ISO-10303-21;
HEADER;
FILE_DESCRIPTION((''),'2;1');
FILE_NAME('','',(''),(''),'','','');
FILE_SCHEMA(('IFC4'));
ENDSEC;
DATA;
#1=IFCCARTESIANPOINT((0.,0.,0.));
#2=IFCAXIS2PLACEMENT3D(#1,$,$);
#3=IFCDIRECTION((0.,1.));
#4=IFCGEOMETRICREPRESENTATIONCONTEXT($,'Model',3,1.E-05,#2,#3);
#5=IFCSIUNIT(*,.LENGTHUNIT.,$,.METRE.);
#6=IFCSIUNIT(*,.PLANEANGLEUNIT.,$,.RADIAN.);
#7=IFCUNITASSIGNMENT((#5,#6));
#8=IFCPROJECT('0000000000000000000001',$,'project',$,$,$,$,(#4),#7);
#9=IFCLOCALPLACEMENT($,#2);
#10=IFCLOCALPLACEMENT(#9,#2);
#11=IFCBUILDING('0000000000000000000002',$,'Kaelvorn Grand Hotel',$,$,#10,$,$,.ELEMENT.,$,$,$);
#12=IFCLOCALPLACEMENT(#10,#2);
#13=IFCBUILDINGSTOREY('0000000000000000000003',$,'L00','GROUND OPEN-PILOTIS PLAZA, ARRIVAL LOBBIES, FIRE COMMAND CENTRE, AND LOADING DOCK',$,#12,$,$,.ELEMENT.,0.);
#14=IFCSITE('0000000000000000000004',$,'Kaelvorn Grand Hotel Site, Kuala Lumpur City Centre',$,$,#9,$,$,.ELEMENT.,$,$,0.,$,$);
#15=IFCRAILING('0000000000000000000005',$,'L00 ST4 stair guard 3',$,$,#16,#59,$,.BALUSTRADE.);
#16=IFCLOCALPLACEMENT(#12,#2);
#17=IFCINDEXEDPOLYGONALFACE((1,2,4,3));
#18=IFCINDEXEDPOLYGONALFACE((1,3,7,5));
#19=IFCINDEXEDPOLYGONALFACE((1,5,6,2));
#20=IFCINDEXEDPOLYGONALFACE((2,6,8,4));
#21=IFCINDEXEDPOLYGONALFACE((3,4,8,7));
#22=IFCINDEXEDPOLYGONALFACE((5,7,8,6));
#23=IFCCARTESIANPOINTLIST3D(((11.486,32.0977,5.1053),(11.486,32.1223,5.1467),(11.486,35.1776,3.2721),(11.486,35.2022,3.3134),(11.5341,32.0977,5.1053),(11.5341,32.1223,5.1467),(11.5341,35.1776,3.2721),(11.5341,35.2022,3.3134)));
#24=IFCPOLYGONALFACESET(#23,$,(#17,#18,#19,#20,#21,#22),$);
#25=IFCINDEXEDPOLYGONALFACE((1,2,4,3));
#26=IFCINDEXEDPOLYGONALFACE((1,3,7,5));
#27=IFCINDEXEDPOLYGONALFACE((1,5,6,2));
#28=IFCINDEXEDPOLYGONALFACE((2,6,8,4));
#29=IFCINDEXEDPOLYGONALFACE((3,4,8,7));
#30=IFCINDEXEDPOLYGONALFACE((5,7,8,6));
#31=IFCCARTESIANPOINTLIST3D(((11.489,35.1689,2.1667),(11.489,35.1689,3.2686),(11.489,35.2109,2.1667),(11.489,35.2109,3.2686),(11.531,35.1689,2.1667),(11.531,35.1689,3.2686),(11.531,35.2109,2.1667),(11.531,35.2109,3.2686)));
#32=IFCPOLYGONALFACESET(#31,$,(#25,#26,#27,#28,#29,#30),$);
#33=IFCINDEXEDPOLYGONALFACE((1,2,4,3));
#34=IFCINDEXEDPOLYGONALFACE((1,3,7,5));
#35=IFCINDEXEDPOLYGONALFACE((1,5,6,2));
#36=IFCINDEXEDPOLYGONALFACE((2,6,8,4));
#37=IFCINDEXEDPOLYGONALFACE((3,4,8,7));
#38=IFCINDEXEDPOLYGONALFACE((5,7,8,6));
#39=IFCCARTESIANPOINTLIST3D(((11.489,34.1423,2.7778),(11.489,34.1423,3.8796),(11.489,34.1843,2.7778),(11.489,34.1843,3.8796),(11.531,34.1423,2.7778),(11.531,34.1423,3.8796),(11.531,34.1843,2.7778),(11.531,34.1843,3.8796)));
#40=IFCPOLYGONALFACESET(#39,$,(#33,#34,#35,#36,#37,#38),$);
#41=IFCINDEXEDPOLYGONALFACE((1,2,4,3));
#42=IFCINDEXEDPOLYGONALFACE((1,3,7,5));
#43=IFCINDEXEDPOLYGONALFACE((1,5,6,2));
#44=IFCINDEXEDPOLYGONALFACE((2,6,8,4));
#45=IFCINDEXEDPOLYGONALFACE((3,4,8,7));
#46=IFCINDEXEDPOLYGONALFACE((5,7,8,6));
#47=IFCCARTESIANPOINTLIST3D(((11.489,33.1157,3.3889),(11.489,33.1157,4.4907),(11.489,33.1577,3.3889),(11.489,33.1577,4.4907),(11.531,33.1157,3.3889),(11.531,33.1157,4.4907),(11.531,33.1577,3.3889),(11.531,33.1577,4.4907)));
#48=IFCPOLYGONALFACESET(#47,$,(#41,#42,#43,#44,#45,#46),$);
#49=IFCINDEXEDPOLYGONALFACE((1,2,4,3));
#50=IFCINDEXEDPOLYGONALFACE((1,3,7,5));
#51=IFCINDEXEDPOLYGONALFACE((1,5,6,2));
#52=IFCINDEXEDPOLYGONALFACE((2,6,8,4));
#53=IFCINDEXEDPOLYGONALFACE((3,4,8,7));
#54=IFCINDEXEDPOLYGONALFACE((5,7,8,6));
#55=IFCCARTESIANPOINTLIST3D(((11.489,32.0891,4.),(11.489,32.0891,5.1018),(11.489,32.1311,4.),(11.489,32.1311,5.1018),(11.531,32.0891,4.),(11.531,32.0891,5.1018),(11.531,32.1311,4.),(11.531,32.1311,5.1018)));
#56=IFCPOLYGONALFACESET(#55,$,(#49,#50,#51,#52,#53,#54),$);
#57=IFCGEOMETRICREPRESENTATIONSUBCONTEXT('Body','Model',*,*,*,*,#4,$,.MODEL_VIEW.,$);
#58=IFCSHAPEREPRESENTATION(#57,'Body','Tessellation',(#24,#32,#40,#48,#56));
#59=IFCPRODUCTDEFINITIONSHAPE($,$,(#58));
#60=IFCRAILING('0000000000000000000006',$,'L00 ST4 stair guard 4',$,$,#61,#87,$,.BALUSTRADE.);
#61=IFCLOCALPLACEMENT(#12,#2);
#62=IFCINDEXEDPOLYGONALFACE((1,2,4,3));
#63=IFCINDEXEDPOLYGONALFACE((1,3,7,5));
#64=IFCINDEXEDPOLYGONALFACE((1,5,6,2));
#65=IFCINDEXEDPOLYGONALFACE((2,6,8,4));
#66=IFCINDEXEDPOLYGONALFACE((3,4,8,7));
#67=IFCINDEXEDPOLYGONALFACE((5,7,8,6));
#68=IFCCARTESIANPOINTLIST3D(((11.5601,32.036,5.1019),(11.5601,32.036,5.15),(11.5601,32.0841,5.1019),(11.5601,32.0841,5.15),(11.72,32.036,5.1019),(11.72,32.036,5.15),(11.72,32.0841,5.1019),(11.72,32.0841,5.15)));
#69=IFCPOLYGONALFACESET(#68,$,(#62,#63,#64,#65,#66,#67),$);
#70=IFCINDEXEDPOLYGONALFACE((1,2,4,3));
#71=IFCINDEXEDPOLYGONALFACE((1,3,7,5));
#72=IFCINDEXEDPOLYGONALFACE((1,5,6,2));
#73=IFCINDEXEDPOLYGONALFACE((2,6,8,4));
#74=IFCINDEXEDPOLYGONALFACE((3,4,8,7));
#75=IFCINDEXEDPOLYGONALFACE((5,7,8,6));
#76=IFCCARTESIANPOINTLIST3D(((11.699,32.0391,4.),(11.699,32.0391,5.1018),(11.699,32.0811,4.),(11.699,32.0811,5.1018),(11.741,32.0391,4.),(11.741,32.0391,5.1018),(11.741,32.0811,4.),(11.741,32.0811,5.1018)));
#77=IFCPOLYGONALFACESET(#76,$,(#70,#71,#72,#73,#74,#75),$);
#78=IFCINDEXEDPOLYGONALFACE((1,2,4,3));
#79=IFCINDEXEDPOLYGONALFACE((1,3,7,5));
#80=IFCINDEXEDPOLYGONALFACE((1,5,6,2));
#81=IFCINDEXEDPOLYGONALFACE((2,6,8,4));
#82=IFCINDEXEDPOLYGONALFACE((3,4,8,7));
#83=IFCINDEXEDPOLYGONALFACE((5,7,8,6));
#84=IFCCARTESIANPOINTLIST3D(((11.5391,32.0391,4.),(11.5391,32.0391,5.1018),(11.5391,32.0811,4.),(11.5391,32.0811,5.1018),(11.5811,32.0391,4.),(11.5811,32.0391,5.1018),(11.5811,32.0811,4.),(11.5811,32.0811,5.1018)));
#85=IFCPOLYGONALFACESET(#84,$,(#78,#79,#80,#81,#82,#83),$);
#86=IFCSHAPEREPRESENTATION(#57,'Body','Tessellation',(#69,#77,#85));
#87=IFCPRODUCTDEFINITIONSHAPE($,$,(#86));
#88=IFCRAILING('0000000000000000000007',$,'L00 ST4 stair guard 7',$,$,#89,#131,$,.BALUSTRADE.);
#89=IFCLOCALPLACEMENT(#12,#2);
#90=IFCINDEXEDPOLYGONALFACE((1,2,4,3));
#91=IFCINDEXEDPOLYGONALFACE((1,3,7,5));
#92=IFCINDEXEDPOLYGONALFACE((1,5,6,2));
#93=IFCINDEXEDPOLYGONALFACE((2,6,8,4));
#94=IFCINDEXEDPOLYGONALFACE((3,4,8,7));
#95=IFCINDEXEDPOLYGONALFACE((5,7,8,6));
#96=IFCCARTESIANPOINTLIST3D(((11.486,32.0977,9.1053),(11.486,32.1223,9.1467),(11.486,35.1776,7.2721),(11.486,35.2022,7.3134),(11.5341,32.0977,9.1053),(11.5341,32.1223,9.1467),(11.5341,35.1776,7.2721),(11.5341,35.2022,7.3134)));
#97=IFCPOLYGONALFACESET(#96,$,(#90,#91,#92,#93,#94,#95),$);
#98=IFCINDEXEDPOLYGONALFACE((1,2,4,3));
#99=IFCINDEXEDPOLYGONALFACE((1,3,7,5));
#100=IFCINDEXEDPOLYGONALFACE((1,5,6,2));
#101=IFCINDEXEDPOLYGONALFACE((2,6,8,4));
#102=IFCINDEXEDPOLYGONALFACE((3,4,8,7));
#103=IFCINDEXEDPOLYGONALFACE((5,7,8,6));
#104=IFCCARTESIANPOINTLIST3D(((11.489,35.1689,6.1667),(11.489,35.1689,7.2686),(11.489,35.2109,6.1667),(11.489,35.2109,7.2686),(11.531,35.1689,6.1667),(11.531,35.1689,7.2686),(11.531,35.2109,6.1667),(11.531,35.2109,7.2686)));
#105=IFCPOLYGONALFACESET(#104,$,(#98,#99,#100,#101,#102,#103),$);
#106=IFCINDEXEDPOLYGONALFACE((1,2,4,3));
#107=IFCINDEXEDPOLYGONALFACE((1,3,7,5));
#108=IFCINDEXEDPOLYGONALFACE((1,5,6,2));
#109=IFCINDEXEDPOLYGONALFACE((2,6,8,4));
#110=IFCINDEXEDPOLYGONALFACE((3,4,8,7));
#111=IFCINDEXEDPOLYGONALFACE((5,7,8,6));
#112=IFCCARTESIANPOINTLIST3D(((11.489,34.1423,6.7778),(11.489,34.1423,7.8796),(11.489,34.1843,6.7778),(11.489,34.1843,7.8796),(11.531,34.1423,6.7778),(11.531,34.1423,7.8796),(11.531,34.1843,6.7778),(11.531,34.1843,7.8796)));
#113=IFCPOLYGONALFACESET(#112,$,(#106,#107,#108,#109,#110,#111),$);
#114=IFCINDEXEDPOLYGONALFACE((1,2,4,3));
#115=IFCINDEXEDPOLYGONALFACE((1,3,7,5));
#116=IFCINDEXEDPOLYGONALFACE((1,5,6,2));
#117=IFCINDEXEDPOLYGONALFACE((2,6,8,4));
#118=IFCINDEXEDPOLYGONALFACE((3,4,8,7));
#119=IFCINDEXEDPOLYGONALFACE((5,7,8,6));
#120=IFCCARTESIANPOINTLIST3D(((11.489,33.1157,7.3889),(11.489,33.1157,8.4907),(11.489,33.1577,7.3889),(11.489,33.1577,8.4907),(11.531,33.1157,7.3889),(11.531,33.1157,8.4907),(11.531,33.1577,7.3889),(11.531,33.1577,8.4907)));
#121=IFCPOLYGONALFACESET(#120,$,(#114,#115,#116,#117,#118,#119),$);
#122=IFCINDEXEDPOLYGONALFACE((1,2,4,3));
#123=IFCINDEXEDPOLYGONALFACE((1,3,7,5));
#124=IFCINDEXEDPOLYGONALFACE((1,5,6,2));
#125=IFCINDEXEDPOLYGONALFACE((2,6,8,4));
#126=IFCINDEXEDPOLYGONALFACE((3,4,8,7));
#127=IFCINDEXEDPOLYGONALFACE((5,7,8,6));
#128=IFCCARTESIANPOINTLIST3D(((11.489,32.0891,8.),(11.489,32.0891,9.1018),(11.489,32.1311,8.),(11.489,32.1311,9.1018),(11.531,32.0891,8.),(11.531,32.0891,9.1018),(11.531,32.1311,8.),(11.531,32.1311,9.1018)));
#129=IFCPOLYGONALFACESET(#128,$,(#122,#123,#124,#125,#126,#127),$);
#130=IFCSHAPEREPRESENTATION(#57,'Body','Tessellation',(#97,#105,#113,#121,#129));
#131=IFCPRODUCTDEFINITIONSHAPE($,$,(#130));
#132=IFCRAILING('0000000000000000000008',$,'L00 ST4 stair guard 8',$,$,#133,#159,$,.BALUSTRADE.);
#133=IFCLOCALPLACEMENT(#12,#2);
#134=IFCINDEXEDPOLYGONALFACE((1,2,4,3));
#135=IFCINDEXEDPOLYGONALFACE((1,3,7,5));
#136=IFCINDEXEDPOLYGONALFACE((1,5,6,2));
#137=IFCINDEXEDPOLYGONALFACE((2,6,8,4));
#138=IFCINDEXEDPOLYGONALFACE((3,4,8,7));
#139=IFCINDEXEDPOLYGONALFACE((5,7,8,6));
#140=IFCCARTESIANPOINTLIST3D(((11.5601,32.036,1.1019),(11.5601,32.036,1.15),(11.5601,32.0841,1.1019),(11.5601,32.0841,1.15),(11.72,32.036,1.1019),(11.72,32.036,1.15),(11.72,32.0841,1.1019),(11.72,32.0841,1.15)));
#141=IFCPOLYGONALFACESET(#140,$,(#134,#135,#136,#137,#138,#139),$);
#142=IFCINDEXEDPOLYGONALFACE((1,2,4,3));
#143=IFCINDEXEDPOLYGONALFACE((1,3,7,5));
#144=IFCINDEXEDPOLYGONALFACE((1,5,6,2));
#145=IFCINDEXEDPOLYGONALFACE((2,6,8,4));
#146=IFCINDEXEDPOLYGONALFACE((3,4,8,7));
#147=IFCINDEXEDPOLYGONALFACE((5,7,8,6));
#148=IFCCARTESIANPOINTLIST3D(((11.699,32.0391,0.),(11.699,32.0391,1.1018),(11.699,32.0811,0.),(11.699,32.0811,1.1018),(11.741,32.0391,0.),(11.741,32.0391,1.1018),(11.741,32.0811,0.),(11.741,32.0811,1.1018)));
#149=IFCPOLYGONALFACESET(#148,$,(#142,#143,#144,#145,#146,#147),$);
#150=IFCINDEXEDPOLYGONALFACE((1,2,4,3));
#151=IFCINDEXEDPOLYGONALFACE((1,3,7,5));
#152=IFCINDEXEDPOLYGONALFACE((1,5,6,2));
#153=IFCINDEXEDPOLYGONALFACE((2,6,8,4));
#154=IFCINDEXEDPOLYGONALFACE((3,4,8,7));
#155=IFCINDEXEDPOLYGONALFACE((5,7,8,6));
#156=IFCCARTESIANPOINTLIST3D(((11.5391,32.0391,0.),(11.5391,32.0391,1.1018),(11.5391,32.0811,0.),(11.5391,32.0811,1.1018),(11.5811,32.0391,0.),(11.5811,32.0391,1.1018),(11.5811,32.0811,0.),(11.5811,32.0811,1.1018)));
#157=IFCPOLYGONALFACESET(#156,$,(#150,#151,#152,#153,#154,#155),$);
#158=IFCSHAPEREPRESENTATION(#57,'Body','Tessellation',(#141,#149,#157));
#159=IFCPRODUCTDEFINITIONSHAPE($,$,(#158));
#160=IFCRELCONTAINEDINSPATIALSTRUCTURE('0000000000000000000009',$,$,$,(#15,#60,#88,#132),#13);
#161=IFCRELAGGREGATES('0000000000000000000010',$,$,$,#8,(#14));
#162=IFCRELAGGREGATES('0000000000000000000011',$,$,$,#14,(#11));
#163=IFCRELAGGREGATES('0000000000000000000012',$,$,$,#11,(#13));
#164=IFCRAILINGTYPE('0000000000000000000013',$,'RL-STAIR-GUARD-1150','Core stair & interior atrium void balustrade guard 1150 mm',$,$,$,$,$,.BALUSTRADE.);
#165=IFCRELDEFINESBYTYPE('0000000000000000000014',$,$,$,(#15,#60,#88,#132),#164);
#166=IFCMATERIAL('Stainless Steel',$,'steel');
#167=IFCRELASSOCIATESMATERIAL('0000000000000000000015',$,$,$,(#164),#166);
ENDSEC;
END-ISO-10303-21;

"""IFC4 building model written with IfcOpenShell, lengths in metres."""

from ifc_helpers import new_model, si_unit, direction, frame, origin, origin_2d, place, context, subcontext, project, spatial, rectangle, extrude, material, type_object, element, save


model = new_model("IFC4")

# Units and contexts
model_context = context("Model", 3, precision=1e-05, world=origin(), true_north=direction((0.0, 1.0)))
body_context = subcontext(model_context, "Body", "Model", "MODEL_VIEW")
ifc_project = project(units=[si_unit("LENGTHUNIT", "METRE"), si_unit("PLANEANGLEUNIT", "RADIAN")], contexts=[model_context])

# Site, building, storey
site_placement = place(None, origin())
site = spatial("IfcSite", under=ifc_project, at=site_placement, Name="Kaelvorn Grand Hotel Site, Kuala Lumpur City Centre", CompositionType="ELEMENT", RefElevation=0.0)
building_placement = place(site_placement, origin())
building = spatial("IfcBuilding", under=site, at=building_placement, Name="Kaelvorn Grand Hotel", CompositionType="ELEMENT")
storey_placement = place(building_placement, origin())
storey = spatial("IfcBuildingStorey", under=building, at=storey_placement, Name="L00", Description="GROUND OPEN-PILOTIS PLAZA, ARRIVAL LOBBIES, FIRE COMMAND CENTRE, AND LOADING DOCK", CompositionType="ELEMENT", Elevation=0.0)

# Railings
ifc_material_1 = material(Name="Stainless Steel", Category="steel")
railing_type_1 = type_object("IfcRailingType", Name="RL-STAIR-GUARD-1150", Description="Core stair & interior atrium void balustrade guard 1150 mm", PredefinedType="BALUSTRADE", material=ifc_material_1)
railing_1_placement = place(storey_placement, frame((11.51, 35.1899, 2.1667)))
element("IfcRailing", 1, at=railing_1_placement, inside=storey, type_object=railing_type_1, Name="L00 ST4 stair guard 3", PredefinedType="BALUSTRADE", context=body_context, shape_type="SweptSolid", body=[
    extrude(rectangle(XDim=0.0481, YDim=0.0481, at=origin_2d()), frame((0.0, 0.0, 1.126), z_axis=(0.0, -0.859291, 0.511487), x_axis=(1.0, 0.0, 0.0)), (0.0, 0.0, 1.0), 3.5842),
    extrude(rectangle(XDim=0.042, YDim=0.042, at=origin_2d()), origin(), (0.0, 0.0, 1.0), 1.1018),
    extrude(rectangle(XDim=0.042, YDim=0.042, at=origin_2d()), frame((0.0, -1.0266, 0.6111)), (0.0, 0.0, 1.0), 1.1018),
    extrude(rectangle(XDim=0.042, YDim=0.042, at=origin_2d()), frame((0.0, -2.0532, 1.2222)), (0.0, 0.0, 1.0), 1.1018),
    extrude(rectangle(XDim=0.042, YDim=0.042, at=origin_2d()), frame((0.0, -3.0798, 1.8333)), (0.0, 0.0, 1.0), 1.1018),
])
railing_2_placement = place(storey_placement, frame((11.72, 32.0601, 4.0)))
element("IfcRailing", 2, at=railing_2_placement, inside=storey, type_object=railing_type_1, Name="L00 ST4 stair guard 4", PredefinedType="BALUSTRADE", context=body_context, shape_type="SweptSolid", body=[
    extrude(rectangle(XDim=0.0481, YDim=0.0481, at=origin_2d()), frame((0.0, 0.0, 1.126), z_axis=(-1.0, 0.0, 0.0), x_axis=(0.0, -1.0, 0.0)), (0.0, 0.0, 1.0), 0.1599),
    extrude(rectangle(XDim=0.042, YDim=0.042, at=origin_2d()), origin(), (0.0, 0.0, 1.0), 1.1018),
    extrude(rectangle(XDim=0.042, YDim=0.042, at=origin_2d()), frame((-0.1599, 0.0, 0.0)), (0.0, 0.0, 1.0), 1.1018),
])
railing_3_placement = place(storey_placement, frame((11.51, 35.1899, 6.1667)))
element("IfcRailing", 3, at=railing_3_placement, inside=storey, type_object=railing_type_1, Name="L00 ST4 stair guard 7", PredefinedType="BALUSTRADE", context=body_context, shape_type="SweptSolid", body=[
    extrude(rectangle(XDim=0.0481, YDim=0.0481, at=origin_2d()), frame((0.0, 0.0, 1.126), z_axis=(0.0, -0.859291, 0.511487), x_axis=(1.0, 0.0, 0.0)), (0.0, 0.0, 1.0), 3.5842),
    extrude(rectangle(XDim=0.042, YDim=0.042, at=origin_2d()), origin(), (0.0, 0.0, 1.0), 1.1018),
    extrude(rectangle(XDim=0.042, YDim=0.042, at=origin_2d()), frame((0.0, -1.0266, 0.6111)), (0.0, 0.0, 1.0), 1.1018),
    extrude(rectangle(XDim=0.042, YDim=0.042, at=origin_2d()), frame((0.0, -2.0532, 1.2222)), (0.0, 0.0, 1.0), 1.1018),
    extrude(rectangle(XDim=0.042, YDim=0.042, at=origin_2d()), frame((0.0, -3.0798, 1.8333)), (0.0, 0.0, 1.0), 1.1018),
])
railing_4_placement = place(storey_placement, frame((11.72, 32.0601, 0.0)))
element("IfcRailing", 4, at=railing_4_placement, inside=storey, type_object=railing_type_1, Name="L00 ST4 stair guard 8", PredefinedType="BALUSTRADE", context=body_context, shape_type="SweptSolid", body=[
    extrude(rectangle(XDim=0.0481, YDim=0.0481, at=origin_2d()), frame((0.0, 0.0, 1.126), z_axis=(-1.0, 0.0, 0.0), x_axis=(0.0, -1.0, 0.0)), (0.0, 0.0, 1.0), 0.1599),
    extrude(rectangle(XDim=0.042, YDim=0.042, at=origin_2d()), origin(), (0.0, 0.0, 1.0), 1.1018),
    extrude(rectangle(XDim=0.042, YDim=0.042, at=origin_2d()), frame((-0.1599, 0.0, 0.0)), (0.0, 0.0, 1.0), 1.1018),
])

save(model, "model.ifc")
